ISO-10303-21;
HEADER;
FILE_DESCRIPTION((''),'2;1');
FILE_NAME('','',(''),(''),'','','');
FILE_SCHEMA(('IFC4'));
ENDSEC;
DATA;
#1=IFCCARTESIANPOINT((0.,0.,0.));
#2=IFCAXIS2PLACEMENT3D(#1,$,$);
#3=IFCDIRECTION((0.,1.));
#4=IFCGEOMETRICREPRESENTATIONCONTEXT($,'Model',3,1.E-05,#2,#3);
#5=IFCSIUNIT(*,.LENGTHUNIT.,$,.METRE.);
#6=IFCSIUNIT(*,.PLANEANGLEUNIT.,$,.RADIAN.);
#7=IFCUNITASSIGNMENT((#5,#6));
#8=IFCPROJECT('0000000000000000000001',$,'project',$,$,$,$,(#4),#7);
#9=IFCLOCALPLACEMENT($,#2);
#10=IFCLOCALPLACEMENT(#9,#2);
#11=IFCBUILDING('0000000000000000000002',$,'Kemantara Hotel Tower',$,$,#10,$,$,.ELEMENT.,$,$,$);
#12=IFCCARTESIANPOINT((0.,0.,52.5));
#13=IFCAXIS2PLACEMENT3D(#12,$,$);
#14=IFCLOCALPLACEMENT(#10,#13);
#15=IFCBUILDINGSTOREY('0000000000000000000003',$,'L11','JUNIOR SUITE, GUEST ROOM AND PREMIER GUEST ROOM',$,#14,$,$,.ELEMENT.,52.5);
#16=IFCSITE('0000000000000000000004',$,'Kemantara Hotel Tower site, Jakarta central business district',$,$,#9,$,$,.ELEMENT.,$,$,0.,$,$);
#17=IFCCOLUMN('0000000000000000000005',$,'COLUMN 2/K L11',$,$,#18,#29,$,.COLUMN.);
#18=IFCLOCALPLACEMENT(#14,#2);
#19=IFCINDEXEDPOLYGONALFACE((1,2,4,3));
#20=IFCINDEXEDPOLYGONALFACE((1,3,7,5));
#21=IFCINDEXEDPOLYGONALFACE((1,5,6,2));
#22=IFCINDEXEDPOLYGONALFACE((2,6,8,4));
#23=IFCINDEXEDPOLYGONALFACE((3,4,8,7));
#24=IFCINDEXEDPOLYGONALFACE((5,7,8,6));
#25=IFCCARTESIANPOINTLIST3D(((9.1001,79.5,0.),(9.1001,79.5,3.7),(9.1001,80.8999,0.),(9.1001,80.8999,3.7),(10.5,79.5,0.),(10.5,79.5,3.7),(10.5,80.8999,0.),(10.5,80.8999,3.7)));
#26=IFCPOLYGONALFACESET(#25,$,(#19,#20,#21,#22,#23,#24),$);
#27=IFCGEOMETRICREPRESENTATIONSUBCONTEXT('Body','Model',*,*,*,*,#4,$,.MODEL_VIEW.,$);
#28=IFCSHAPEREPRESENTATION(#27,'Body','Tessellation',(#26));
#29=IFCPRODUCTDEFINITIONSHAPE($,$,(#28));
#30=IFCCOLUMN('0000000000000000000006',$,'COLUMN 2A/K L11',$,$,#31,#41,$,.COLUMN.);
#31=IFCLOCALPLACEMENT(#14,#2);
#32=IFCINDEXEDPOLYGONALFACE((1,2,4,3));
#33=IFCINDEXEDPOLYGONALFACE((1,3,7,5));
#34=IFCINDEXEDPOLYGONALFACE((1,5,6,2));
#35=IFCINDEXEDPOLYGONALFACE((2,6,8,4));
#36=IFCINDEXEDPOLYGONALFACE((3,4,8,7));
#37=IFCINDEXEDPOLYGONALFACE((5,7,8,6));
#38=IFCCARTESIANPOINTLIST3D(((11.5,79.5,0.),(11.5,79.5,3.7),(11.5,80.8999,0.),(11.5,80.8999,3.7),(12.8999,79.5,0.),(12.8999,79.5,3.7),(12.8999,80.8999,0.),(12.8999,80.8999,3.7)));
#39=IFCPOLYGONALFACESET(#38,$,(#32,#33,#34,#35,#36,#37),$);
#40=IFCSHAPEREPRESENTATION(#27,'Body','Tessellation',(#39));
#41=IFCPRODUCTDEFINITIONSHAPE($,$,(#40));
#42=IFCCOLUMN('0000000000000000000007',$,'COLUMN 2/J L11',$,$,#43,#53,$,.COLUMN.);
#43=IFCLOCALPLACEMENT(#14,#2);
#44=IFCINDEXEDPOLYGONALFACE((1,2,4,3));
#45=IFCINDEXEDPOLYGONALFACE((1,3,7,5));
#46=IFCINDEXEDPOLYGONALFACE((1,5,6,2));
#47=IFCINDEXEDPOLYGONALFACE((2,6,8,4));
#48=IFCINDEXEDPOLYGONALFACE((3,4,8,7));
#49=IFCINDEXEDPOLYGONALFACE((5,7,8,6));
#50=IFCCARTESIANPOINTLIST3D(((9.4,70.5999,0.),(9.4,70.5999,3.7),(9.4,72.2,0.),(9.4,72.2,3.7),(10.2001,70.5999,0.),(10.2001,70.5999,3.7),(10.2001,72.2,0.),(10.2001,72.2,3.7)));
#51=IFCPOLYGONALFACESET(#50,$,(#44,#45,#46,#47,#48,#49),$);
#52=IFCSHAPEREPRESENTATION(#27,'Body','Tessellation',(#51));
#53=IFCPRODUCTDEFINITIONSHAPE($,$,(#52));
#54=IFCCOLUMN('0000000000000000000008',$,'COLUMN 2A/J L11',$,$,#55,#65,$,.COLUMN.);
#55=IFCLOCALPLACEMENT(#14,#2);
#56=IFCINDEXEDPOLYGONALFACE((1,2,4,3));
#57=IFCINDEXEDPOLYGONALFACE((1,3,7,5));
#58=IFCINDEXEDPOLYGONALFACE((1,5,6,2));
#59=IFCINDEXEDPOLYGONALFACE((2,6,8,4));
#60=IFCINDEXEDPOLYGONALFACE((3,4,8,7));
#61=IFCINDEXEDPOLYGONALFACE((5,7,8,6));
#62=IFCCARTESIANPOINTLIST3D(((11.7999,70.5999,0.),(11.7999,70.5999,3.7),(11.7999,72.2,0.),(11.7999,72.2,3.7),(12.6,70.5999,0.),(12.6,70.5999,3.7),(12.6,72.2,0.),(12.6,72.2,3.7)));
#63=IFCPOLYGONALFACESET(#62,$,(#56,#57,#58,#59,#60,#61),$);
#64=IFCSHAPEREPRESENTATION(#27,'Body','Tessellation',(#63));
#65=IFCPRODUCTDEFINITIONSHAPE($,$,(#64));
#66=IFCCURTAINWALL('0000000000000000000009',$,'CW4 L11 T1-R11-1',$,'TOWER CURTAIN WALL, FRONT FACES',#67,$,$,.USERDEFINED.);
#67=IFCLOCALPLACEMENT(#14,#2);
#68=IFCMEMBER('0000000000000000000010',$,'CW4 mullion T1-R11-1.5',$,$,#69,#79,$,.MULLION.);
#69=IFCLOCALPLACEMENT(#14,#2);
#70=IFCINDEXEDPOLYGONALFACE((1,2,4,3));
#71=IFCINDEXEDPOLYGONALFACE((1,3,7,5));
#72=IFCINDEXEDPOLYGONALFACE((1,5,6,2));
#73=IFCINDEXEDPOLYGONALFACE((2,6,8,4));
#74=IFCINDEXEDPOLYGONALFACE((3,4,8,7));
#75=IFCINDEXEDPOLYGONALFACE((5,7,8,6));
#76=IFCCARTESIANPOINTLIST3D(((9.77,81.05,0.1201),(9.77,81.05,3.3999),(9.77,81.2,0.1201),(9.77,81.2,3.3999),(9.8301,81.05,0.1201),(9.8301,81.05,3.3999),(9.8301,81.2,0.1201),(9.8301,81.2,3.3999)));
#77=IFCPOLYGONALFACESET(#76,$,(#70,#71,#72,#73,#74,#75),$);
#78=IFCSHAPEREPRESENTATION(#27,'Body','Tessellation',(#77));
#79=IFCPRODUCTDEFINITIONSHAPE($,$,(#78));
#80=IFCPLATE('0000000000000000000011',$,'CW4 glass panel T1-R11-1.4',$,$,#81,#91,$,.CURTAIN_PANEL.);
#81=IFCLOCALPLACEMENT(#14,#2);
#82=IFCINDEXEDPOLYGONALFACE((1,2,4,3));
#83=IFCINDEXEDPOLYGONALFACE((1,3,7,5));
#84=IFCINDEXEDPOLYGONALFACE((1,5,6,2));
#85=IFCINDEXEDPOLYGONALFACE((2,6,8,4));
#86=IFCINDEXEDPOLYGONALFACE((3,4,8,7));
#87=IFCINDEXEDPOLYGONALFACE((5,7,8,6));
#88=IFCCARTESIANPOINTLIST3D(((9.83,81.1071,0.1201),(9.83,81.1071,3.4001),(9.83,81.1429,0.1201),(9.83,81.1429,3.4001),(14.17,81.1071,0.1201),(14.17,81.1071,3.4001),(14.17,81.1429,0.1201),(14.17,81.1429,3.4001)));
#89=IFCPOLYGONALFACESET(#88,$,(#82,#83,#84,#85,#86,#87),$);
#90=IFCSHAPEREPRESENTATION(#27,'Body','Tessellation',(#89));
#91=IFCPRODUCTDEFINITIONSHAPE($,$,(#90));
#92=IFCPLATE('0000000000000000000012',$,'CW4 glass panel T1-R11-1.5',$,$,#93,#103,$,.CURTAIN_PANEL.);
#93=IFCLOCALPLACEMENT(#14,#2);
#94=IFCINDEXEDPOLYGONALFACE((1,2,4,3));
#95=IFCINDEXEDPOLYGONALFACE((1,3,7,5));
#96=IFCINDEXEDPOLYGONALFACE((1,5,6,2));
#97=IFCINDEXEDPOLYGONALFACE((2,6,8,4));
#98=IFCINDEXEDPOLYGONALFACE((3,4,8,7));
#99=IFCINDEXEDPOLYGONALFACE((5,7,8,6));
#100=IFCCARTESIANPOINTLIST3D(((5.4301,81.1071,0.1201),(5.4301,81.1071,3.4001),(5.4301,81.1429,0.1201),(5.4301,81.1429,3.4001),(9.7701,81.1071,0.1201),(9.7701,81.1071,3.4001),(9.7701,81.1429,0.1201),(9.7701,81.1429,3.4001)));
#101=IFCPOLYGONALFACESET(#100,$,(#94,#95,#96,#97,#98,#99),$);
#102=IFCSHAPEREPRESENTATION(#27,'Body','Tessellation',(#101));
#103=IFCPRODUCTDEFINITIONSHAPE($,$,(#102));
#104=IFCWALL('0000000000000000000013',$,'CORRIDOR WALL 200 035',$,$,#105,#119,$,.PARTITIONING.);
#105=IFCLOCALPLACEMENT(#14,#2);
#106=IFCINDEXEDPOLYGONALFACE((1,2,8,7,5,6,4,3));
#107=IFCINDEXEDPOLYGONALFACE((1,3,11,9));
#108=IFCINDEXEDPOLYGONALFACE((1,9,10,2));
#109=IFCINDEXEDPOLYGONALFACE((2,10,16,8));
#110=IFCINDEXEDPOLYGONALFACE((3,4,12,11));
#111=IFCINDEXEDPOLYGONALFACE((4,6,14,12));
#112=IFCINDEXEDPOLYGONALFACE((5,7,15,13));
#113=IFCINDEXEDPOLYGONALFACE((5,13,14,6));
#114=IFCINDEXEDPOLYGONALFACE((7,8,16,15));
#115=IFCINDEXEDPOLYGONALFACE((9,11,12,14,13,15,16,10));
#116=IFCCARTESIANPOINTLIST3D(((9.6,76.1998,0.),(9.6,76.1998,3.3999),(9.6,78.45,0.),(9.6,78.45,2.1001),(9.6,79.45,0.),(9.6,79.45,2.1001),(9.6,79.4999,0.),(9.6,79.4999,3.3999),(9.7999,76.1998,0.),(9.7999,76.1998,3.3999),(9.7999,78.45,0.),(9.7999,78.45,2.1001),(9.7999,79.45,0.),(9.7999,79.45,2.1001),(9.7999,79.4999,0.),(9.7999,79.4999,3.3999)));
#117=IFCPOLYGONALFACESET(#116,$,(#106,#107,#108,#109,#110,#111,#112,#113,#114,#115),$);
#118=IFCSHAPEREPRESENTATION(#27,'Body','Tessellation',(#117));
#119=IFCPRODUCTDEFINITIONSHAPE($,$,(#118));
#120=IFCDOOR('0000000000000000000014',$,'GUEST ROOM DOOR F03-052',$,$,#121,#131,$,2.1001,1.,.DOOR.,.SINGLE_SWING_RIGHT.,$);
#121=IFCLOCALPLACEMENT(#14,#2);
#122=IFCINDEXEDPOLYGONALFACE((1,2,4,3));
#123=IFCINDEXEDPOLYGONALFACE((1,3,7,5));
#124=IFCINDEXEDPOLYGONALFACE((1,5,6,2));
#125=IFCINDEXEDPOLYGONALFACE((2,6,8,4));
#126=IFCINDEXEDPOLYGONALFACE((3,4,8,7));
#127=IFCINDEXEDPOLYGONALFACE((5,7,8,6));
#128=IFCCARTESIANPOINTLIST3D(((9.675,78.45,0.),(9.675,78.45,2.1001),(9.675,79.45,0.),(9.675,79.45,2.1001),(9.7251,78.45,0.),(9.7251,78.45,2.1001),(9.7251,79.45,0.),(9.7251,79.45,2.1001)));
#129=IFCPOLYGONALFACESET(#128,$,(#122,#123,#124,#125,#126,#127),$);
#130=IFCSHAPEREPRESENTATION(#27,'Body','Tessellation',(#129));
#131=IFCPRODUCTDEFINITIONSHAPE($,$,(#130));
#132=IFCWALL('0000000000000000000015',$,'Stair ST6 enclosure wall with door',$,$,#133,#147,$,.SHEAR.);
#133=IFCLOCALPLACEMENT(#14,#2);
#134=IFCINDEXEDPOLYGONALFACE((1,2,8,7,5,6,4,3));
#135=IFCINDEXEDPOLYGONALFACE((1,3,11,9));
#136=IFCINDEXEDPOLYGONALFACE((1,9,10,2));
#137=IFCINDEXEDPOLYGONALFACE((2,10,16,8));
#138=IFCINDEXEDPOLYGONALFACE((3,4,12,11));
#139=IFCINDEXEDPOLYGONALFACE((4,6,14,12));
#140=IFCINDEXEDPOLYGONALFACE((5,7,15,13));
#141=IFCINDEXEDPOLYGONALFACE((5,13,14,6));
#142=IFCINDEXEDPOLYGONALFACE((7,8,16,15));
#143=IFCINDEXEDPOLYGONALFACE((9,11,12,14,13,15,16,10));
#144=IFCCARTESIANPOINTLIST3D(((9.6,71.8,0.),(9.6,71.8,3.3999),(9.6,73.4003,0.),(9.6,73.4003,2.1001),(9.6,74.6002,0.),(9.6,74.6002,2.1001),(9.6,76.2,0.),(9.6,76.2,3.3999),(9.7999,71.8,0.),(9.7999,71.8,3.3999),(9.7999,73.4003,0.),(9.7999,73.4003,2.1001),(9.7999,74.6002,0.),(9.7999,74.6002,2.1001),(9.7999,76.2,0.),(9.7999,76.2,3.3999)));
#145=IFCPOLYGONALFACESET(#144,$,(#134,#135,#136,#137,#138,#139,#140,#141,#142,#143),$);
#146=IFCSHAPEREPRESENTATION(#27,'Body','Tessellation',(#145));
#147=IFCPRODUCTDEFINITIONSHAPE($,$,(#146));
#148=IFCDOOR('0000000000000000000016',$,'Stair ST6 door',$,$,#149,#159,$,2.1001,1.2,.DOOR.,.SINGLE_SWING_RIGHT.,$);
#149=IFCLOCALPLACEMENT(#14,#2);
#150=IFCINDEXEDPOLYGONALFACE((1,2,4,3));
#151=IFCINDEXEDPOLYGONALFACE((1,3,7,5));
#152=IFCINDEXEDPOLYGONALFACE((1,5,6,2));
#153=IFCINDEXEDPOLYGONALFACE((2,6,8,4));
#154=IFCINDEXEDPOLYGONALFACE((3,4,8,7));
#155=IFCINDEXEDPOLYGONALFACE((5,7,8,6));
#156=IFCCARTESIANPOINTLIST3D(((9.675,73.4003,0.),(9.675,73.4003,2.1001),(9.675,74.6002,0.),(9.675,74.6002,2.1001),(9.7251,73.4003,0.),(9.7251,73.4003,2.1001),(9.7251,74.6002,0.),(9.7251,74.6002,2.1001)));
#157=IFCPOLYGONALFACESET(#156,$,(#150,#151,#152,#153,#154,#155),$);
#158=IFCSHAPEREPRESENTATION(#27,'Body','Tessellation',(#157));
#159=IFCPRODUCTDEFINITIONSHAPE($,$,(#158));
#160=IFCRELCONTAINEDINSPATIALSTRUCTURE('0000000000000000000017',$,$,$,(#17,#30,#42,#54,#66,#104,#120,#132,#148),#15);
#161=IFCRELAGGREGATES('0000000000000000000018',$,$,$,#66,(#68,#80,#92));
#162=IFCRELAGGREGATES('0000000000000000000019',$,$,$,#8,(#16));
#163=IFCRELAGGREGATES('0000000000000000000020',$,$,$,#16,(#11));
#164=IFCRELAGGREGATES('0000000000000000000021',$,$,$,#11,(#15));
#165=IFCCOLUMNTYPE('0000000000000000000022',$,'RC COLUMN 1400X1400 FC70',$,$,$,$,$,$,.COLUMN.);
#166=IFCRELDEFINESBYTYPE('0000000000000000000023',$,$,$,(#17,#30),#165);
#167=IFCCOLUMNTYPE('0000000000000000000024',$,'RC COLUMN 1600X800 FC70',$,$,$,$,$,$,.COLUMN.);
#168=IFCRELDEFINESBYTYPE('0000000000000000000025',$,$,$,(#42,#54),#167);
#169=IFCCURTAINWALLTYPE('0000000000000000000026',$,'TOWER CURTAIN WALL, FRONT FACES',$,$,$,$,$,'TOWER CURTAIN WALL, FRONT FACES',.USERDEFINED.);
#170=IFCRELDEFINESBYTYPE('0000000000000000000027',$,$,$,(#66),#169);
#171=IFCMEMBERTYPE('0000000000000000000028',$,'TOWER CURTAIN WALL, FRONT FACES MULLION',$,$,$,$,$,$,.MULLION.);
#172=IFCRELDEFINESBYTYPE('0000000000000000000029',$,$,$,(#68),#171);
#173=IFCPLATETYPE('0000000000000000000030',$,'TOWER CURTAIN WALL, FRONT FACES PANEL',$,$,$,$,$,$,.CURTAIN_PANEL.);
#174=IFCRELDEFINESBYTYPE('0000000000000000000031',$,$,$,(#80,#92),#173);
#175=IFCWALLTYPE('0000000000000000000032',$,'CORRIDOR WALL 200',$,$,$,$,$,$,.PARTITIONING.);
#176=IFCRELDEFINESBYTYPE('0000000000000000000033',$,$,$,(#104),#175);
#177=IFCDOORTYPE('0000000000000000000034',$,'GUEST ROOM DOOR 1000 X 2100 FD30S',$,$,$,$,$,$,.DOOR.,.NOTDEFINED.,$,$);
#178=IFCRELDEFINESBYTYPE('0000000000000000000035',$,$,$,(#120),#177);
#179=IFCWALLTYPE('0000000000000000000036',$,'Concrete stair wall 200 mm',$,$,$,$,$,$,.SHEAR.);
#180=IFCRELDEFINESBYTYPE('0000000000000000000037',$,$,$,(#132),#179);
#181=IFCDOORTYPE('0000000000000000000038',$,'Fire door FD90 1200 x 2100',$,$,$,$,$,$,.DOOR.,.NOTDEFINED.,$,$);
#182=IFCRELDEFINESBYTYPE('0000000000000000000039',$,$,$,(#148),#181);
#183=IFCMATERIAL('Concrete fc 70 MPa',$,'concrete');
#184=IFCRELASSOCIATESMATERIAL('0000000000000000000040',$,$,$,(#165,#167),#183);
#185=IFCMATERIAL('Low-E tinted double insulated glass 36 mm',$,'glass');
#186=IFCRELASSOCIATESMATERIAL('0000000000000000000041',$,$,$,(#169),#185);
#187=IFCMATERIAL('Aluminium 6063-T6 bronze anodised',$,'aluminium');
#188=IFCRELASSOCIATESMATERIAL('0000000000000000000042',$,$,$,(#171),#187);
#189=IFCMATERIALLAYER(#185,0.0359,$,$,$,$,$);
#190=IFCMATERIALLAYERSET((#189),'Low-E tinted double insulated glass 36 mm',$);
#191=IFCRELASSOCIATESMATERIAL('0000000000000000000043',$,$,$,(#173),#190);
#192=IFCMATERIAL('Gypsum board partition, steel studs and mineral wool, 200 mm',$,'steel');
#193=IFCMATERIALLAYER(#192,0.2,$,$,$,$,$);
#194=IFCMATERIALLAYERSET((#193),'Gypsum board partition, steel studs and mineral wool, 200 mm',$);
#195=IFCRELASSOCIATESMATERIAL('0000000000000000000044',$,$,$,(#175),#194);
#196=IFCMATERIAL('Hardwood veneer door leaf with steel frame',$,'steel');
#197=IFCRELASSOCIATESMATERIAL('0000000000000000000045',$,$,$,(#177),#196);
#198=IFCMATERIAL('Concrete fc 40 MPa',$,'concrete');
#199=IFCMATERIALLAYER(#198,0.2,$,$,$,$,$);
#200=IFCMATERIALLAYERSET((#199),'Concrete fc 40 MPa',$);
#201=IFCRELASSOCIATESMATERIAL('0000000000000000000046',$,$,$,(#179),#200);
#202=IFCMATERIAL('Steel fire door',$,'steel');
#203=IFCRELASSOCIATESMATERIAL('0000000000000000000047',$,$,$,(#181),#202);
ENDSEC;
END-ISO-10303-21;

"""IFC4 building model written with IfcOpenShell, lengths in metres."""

from ifc_helpers import new_model, si_unit, direction, frame, frame_2d, origin, origin_2d, place, context, subcontext, project, spatial, rectangle, extrude, source, transform, mapped, material, layer, layer_set, material_profile, profile_set, type_object, element, fill, aggregate, save


model = new_model("IFC4")

# Units and contexts
model_context = context("Model", 3, precision=1e-05, world=origin(), true_north=direction((0.0, 1.0)))
body_context = subcontext(model_context, "Body", "Model", "MODEL_VIEW")
ifc_project = project(units=[si_unit("LENGTHUNIT", "METRE"), si_unit("PLANEANGLEUNIT", "RADIAN")], contexts=[model_context])

# Site, building, storey
site_placement = place(None, origin())
site = spatial("IfcSite", under=ifc_project, at=site_placement, Name="Kemantara Hotel Tower site, Jakarta central business district", CompositionType="ELEMENT", RefElevation=0.0)
building_placement = place(site_placement, origin())
building = spatial("IfcBuilding", under=site, at=building_placement, Name="Kemantara Hotel Tower", CompositionType="ELEMENT")
storey_placement = place(building_placement, frame((0.0, 0.0, 52.5)))
storey = spatial("IfcBuildingStorey", under=building, at=storey_placement, Name="L11", Description="JUNIOR SUITE, GUEST ROOM AND PREMIER GUEST ROOM", CompositionType="ELEMENT", Elevation=52.5)

# Columns
ifc_material_1 = material(Name="Concrete fc 70 MPa", Category="concrete")
ifc_material_profile_1 = material_profile(ifc_material_1, rectangle(XDim=1.3999, YDim=1.3999, at=origin_2d()), Name="RC 1400X1400")
ifc_profile_set_1 = profile_set([ifc_material_profile_1], Name="Concrete fc 70 MPa")
column_type_1 = type_object("IfcColumnType", Name="RC COLUMN 1400X1400 FC70", PredefinedType="COLUMN", material=ifc_profile_set_1)
for number, where, z_axis, x_axis, name in (
    (1, (9.8, 80.2, 0.0), (0.0, 0.0, 1.0), (1.0, 0.0, 0.0), "COLUMN 2/K L11"),
    (2, (12.2, 80.2, 0.0), (0.0, 0.0, 1.0), (1.0, 0.0, 0.0), "COLUMN 2A/K L11"),
):
    element("IfcColumn", number, at=place(storey_placement, frame(where, z_axis=z_axis, x_axis=x_axis)), inside=storey, type_object=column_type_1, Name=name, PredefinedType="COLUMN", context=body_context, shape_type="SweptSolid", body=[
        extrude(rectangle(XDim=1.3999, YDim=1.3999, at=origin_2d()), origin(), (0.0, 0.0, 1.0), 3.7),
    ])
ifc_material_profile_2 = material_profile(ifc_material_1, rectangle(XDim=1.6001, YDim=0.8, at=origin_2d()), Name="RC 1600X800")
ifc_profile_set_2 = profile_set([ifc_material_profile_2], Name="Concrete fc 70 MPa")
column_type_2 = type_object("IfcColumnType", Name="RC COLUMN 1600X800 FC70", PredefinedType="COLUMN", material=ifc_profile_set_2)
for number, where, z_axis, x_axis, name in (
    (3, (9.8, 71.3999, 0.0), (0.0, 0.0, 1.0), (0.0, 1.0, 0.0), "COLUMN 2/J L11"),
    (4, (12.2, 71.3999, 0.0), (0.0, 0.0, 1.0), (0.0, 1.0, 0.0), "COLUMN 2A/J L11"),
):
    element("IfcColumn", number, at=place(storey_placement, frame(where, z_axis=z_axis, x_axis=x_axis)), inside=storey, type_object=column_type_2, Name=name, PredefinedType="COLUMN", context=body_context, shape_type="SweptSolid", body=[
        extrude(rectangle(XDim=1.6001, YDim=0.8, at=origin_2d()), origin(), (0.0, 0.0, 1.0), 3.7),
    ])

# Curtain wall, member, plates
ifc_material_2 = material(Name="Low-E tinted double insulated glass 36 mm", Category="glass")
curtain_wall_type = type_object("IfcCurtainWallType", Name="TOWER CURTAIN WALL, FRONT FACES", ElementType="TOWER CURTAIN WALL, FRONT FACES", PredefinedType="USERDEFINED", material=ifc_material_2)
curtain_wall_placement = place(storey_placement, origin())
curtain_wall = element("IfcCurtainWall", 5, at=curtain_wall_placement, inside=storey, type_object=curtain_wall_type, Name="CW4 L11 T1-R11-1", ObjectType="TOWER CURTAIN WALL, FRONT FACES", PredefinedType="USERDEFINED")
ifc_material_3 = material(Name="Aluminium 6063-T6 bronze anodised", Category="aluminium")
ifc_material_profile_3 = material_profile(ifc_material_3, rectangle(XDim=0.1499, YDim=0.0601, at=origin_2d()), Name="TOWER CURTAIN WALL, FRONT FACES MULLION")
ifc_profile_set_3 = profile_set([ifc_material_profile_3], Name="Aluminium 6063-T6 bronze anodised")
member_type = type_object("IfcMemberType", Name="TOWER CURTAIN WALL, FRONT FACES MULLION", PredefinedType="MULLION", material=ifc_profile_set_3)
shared_shape_1 = source(origin(), body_context, "Body", "SweptSolid", [
    extrude(rectangle(XDim=0.1499, YDim=0.0601, at=origin_2d()), origin(), (0.0, 0.0, 1.0), 3.2798),
])
member_placement = place(storey_placement, frame((9.8, 81.125, 0.1201), z_axis=(0.0, 0.0, 1.0), x_axis=(0.0, -1.0, 0.0)))
member = element("IfcMember", 6, at=member_placement, type_object=member_type, Name="CW4 mullion T1-R11-1.5", PredefinedType="MULLION", context=body_context, shape_type="MappedRepresentation", body=[
    mapped(shared_shape_1, transform((0.0, 0.0, 0.0))),
])
ifc_layer_1 = layer(ifc_material_2, 0.0359)
ifc_layer_set_1 = layer_set([ifc_layer_1], Name="Low-E tinted double insulated glass 36 mm")
plate_type = type_object("IfcPlateType", Name="TOWER CURTAIN WALL, FRONT FACES PANEL", PredefinedType="CURTAIN_PANEL", material=ifc_layer_set_1)
shared_shape_2 = source(origin(), body_context, "Body", "SweptSolid", [
    extrude(rectangle(XDim=4.3401, YDim=0.0359, at=origin_2d()), origin(), (0.0, 0.0, 1.0), 3.28),
])
plate_1_placement = place(storey_placement, frame((12.0, 81.125, 0.1201), z_axis=(0.0, 0.0, 1.0), x_axis=(-1.0, 0.0, 0.0)))
plate_1 = element("IfcPlate", 7, at=plate_1_placement, type_object=plate_type, Name="CW4 glass panel T1-R11-1.4", PredefinedType="CURTAIN_PANEL", context=body_context, shape_type="MappedRepresentation", body=[
    mapped(shared_shape_2, transform((0.0, 0.0, 0.0))),
])
plate_2_placement = place(storey_placement, frame((7.6001, 81.125, 0.1201), z_axis=(0.0, 0.0, 1.0), x_axis=(-1.0, 0.0, 0.0)))
plate_2 = element("IfcPlate", 8, at=plate_2_placement, type_object=plate_type, Name="CW4 glass panel T1-R11-1.5", PredefinedType="CURTAIN_PANEL", context=body_context, shape_type="MappedRepresentation", body=[
    mapped(shared_shape_2, transform((0.0, 0.0, 0.0))),
])
aggregate(curtain_wall, [member, plate_1, plate_2])

# Walls, openings, doors
ifc_material_4 = material(Name="Gypsum board partition, steel studs and mineral wool, 200 mm", Category="steel")
ifc_layer_2 = layer(ifc_material_4, 0.2)
ifc_layer_set_2 = layer_set([ifc_layer_2], Name="Gypsum board partition, steel studs and mineral wool, 200 mm")
wall_type_1 = type_object("IfcWallType", Name="CORRIDOR WALL 200", PredefinedType="PARTITIONING", material=ifc_layer_set_2)
wall_1_placement = place(storey_placement, frame((9.7, 76.2, 0.0), z_axis=(0.0, 0.0, 1.0), x_axis=(0.0, 1.0, 0.0)))
wall_1 = element("IfcWall", 9, at=wall_1_placement, inside=storey, type_object=wall_type_1, Name="CORRIDOR WALL 200 035", PredefinedType="PARTITIONING", context=body_context, shape_type="SweptSolid", body=[
    extrude(rectangle(XDim=3.3, YDim=0.2, at=frame_2d((1.6499, 0.0))), origin(), (0.0, 0.0, 1.0), 3.3999),
])
opening_1_placement = place(wall_1_placement, frame((2.25, 0.0, 0.0)))
opening_1 = element("IfcOpeningElement", 10, at=opening_1_placement, cuts=wall_1, PredefinedType="OPENING", context=body_context, shape_type="SweptSolid", body=[
    extrude(rectangle(XDim=1.0, YDim=2.1001, at=frame_2d((0.5, 1.05))), frame((0.0, 0.1099, 0.0), z_axis=(0.0, -1.0, 0.0), x_axis=(1.0, 0.0, 0.0)), (0.0, 0.0, 1.0), 0.22),
])
ifc_material_5 = material(Name="Hardwood veneer door leaf with steel frame", Category="steel")
door_type_1 = type_object("IfcDoorType", Name="GUEST ROOM DOOR 1000 X 2100 FD30S", OperationType="NOTDEFINED", PredefinedType="DOOR", material=ifc_material_5)
door_1_placement = place(opening_1_placement, origin())
door_1 = element("IfcDoor", 11, at=door_1_placement, inside=storey, type_object=door_type_1, Name="GUEST ROOM DOOR F03-052", OperationType="SINGLE_SWING_RIGHT", OverallHeight=2.1001, OverallWidth=1.0, PredefinedType="DOOR", context=body_context, shape_type="SweptSolid", body=[
    extrude(rectangle(XDim=1.0, YDim=2.1001, at=frame_2d((0.5, 1.05))), frame((0.0, 0.0249, 0.0), z_axis=(0.0, -1.0, 0.0), x_axis=(1.0, 0.0, 0.0)), (0.0, 0.0, 1.0), 0.05),
])
fill(opening_1, door_1)
ifc_material_6 = material(Name="Concrete fc 40 MPa", Category="concrete")
ifc_layer_3 = layer(ifc_material_6, 0.2)
ifc_layer_set_3 = layer_set([ifc_layer_3], Name="Concrete fc 40 MPa")
wall_type_2 = type_object("IfcWallType", Name="Concrete stair wall 200 mm", PredefinedType="SHEAR", material=ifc_layer_set_3)
wall_2_placement = place(storey_placement, frame((9.7, 71.8, 0.0), z_axis=(0.0, 0.0, 1.0), x_axis=(0.0, 1.0, 0.0)))
wall_2 = element("IfcWall", 12, at=wall_2_placement, inside=storey, type_object=wall_type_2, Name="Stair ST6 enclosure wall with door", PredefinedType="SHEAR", context=body_context, shape_type="SweptSolid", body=[
    extrude(rectangle(XDim=4.3999, YDim=0.2, at=frame_2d((2.2, 0.0))), origin(), (0.0, 0.0, 1.0), 3.3999),
])
opening_2_placement = place(wall_2_placement, frame((1.6001, 0.0, 0.0)))
opening_2 = element("IfcOpeningElement", 13, at=opening_2_placement, cuts=wall_2, PredefinedType="OPENING", context=body_context, shape_type="SweptSolid", body=[
    extrude(rectangle(XDim=1.2, YDim=2.1001, at=frame_2d((0.6001, 1.05))), frame((0.0, 0.1099, 0.0), z_axis=(0.0, -1.0, 0.0), x_axis=(1.0, 0.0, 0.0)), (0.0, 0.0, 1.0), 0.22),
])
ifc_material_7 = material(Name="Steel fire door", Category="steel")
door_type_2 = type_object("IfcDoorType", Name="Fire door FD90 1200 x 2100", OperationType="NOTDEFINED", PredefinedType="DOOR", material=ifc_material_7)
door_2_placement = place(opening_2_placement, origin())
door_2 = element("IfcDoor", 14, at=door_2_placement, inside=storey, type_object=door_type_2, Name="Stair ST6 door", OperationType="SINGLE_SWING_RIGHT", OverallHeight=2.1001, OverallWidth=1.2, PredefinedType="DOOR", context=body_context, shape_type="SweptSolid", body=[
    extrude(rectangle(XDim=1.2, YDim=2.1001, at=frame_2d((0.6001, 1.05))), frame((0.0, 0.0249, 0.0), z_axis=(0.0, -1.0, 0.0), x_axis=(1.0, 0.0, 0.0)), (0.0, 0.0, 1.0), 0.05),
])
fill(opening_2, door_2)

save(model, "model.ifc")
